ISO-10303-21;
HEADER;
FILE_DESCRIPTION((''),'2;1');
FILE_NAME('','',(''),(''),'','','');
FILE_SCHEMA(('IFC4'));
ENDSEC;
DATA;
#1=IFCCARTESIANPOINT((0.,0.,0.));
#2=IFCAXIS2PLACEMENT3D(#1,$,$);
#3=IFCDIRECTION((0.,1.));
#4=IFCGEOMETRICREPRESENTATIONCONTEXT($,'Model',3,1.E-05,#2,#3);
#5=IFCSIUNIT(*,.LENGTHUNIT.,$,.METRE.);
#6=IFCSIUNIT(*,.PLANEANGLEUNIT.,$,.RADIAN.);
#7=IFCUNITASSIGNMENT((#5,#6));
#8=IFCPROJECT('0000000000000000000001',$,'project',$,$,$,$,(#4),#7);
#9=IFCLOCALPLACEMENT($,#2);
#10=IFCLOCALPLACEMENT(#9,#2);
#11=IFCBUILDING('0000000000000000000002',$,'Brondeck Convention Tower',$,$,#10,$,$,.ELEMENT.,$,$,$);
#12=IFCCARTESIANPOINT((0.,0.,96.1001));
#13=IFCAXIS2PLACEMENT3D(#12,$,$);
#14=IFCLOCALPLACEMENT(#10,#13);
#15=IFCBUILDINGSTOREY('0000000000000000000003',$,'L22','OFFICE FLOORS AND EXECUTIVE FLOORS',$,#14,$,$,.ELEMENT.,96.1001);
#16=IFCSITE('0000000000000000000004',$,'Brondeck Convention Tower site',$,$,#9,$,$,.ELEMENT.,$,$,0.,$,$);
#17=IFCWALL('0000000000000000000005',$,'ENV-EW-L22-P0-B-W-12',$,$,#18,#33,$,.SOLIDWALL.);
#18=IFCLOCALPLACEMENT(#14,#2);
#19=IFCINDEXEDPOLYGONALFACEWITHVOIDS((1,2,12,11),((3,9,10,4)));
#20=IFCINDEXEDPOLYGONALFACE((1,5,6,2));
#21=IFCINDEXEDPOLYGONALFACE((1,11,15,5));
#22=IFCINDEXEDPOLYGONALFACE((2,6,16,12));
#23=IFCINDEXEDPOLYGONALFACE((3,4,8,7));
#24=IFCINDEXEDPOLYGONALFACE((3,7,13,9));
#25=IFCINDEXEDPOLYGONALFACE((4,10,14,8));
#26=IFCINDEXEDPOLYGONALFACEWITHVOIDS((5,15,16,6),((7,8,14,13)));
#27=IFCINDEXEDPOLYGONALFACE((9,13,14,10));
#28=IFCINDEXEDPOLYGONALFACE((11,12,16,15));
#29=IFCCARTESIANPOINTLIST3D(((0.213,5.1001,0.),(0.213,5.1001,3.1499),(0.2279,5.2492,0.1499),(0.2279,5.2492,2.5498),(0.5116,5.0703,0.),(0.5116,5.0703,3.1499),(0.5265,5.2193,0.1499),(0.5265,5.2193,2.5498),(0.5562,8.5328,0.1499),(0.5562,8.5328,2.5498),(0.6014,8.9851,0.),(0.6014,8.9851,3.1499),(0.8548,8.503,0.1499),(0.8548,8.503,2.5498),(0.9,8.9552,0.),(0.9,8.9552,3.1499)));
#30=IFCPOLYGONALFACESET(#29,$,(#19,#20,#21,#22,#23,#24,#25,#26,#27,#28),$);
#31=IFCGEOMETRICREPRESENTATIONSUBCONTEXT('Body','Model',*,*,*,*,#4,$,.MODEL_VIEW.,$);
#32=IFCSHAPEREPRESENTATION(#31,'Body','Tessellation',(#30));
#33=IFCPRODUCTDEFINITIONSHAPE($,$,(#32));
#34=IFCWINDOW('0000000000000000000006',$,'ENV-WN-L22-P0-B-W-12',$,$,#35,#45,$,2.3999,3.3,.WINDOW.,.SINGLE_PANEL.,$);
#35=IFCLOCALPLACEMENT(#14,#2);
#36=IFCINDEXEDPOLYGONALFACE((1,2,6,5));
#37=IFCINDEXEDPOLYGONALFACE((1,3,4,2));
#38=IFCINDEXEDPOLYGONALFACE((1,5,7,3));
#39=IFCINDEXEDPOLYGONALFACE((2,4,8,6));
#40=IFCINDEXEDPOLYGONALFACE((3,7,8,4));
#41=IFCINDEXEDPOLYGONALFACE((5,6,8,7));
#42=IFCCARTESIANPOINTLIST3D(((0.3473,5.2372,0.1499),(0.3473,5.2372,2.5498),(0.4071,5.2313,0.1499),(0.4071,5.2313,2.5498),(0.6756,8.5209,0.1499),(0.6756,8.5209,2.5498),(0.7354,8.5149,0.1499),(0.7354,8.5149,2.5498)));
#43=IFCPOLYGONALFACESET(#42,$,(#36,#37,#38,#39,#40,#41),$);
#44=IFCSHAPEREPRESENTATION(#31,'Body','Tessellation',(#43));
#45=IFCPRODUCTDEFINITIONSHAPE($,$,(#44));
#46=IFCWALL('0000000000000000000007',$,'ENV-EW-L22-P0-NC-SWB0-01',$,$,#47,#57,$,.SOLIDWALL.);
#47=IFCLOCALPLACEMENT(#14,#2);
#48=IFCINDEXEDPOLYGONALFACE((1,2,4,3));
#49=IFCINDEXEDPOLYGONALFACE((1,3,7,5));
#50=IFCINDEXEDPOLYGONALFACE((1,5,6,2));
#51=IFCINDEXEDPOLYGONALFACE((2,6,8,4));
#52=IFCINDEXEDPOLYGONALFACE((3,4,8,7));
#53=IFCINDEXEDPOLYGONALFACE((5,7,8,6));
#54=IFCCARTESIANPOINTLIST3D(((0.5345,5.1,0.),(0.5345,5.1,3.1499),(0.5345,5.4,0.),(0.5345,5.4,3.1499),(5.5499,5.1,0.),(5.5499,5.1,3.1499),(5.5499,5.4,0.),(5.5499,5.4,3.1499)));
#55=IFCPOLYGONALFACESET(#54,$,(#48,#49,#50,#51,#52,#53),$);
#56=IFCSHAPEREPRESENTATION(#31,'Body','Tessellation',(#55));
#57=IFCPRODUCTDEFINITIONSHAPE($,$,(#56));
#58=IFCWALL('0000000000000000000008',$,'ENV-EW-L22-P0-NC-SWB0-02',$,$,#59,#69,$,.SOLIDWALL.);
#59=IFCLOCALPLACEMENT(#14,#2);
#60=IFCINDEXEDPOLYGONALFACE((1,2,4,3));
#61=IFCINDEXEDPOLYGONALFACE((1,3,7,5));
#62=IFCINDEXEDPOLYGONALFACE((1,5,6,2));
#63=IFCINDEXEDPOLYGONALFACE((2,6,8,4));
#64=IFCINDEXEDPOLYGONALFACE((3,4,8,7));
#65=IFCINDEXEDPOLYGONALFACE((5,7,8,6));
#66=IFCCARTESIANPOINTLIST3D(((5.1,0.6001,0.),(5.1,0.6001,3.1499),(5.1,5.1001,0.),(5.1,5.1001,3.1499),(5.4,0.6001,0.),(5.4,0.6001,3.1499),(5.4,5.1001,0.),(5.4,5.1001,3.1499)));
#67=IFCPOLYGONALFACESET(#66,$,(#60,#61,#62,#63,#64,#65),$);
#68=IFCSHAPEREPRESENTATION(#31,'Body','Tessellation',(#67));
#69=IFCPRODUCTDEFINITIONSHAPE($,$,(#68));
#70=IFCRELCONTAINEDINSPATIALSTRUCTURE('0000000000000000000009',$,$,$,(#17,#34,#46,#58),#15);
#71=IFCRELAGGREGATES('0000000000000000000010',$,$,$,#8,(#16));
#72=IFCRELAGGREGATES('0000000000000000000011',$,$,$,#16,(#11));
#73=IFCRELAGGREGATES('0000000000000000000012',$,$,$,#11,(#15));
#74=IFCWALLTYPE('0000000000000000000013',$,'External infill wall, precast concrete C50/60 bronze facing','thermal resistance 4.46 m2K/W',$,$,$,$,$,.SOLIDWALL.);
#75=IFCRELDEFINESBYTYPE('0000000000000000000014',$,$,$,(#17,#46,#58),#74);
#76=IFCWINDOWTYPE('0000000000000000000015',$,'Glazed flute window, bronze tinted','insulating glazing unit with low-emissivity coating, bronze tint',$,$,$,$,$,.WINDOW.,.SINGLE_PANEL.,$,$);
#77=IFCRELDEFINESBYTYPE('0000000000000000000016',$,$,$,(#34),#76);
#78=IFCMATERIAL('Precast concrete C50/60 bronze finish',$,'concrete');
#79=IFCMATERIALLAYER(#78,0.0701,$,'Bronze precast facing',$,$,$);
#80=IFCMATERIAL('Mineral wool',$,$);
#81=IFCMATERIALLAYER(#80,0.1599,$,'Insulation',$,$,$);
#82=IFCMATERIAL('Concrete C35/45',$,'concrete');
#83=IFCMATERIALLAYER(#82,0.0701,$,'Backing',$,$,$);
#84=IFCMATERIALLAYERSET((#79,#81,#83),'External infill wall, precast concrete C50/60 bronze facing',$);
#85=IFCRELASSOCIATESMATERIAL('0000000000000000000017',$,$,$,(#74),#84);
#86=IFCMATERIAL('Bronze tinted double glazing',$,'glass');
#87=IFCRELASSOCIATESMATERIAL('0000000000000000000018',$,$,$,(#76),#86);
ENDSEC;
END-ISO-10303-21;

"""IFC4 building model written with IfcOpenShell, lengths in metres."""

from ifc_helpers import new_model, si_unit, direction, frame, frame_2d, origin, place, context, subcontext, project, spatial, rectangle, extrude, material, layer, layer_set, type_object, element, fill, save


model = new_model("IFC4")

# Units and contexts
model_context = context("Model", 3, precision=1e-05, world=origin(), true_north=direction((0.0, 1.0)))
body_context = subcontext(model_context, "Body", "Model", "MODEL_VIEW")
ifc_project = project(units=[si_unit("LENGTHUNIT", "METRE"), si_unit("PLANEANGLEUNIT", "RADIAN")], contexts=[model_context])

# Site, building, storey
site_placement = place(None, origin())
site = spatial("IfcSite", under=ifc_project, at=site_placement, Name="Brondeck Convention Tower site", CompositionType="ELEMENT", RefElevation=0.0)
building_placement = place(site_placement, origin())
building = spatial("IfcBuilding", under=site, at=building_placement, Name="Brondeck Convention Tower", CompositionType="ELEMENT")
storey_placement = place(building_placement, frame((0.0, 0.0, 96.1001)))
storey = spatial("IfcBuildingStorey", under=building, at=storey_placement, Name="L22", Description="OFFICE FLOORS AND EXECUTIVE FLOORS", CompositionType="ELEMENT", Elevation=96.1001)

# Shared definitions
ifc_material_1 = material(Name="Concrete C35/45", Category="concrete")

# Shared definitions
ifc_material_2 = material(Name="Precast concrete C50/60 bronze finish", Category="concrete")
ifc_layer_1 = layer(ifc_material_2, 0.0701, Name="Bronze precast facing")
ifc_material_3 = material(Name="Mineral wool")
ifc_layer_2 = layer(ifc_material_3, 0.1599, Name="Insulation")
ifc_layer_3 = layer(ifc_material_1, 0.0701, Name="Backing")
ifc_layer_set_1 = layer_set([ifc_layer_1, ifc_layer_2, ifc_layer_3], Name="External infill wall, precast concrete C50/60 bronze facing")
wall_type = type_object("IfcWallType", Name="External infill wall, precast concrete C50/60 bronze facing", Description="thermal resistance 4.46 m2K/W", PredefinedType="SOLIDWALL", material=ifc_layer_set_1)
ifc_material_4 = material(Name="Bronze tinted double glazing", Category="glass")
window_type_1 = type_object("IfcWindowType", Name="Glazed flute window, bronze tinted", Description="insulating glazing unit with low-emissivity coating, bronze tint", PartitioningType="SINGLE_PANEL", PredefinedType="WINDOW", material=ifc_material_4)

# Wall, opening, window
wall_1_placement = place(storey_placement, frame((0.3623, 5.0852, 0.0), z_axis=(0.0, 0.0, 1.0), x_axis=(0.099485, 0.995039, 0.0)))
wall_1 = element("IfcWall", 1, at=wall_1_placement, inside=storey, type_object=wall_type, Name="ENV-EW-L22-P0-B-W-12", PredefinedType="SOLIDWALL", context=body_context, shape_type="SweptSolid", body=[
    extrude(rectangle(XDim=3.9043, YDim=0.3, at=frame_2d((1.9521, 0.0))), origin(), (0.0, 0.0, 1.0), 3.1499),
])
opening_1_placement = place(wall_1_placement, frame((0.1499, 0.0, 0.1499)))
opening_1 = element("IfcOpeningElement", 2, at=opening_1_placement, cuts=wall_1, PredefinedType="OPENING", context=body_context, shape_type="SweptSolid", body=[
    extrude(rectangle(XDim=3.3, YDim=2.3999, at=frame_2d((1.6499, 1.2))), frame((0.0, 0.1599, 0.0), z_axis=(0.0, -1.0, 0.0), x_axis=(1.0, 0.0, 0.0)), (0.0, 0.0, 1.0), 0.3201),
])
window_1_placement = place(opening_1_placement, origin())
window_1 = element("IfcWindow", 3, at=window_1_placement, inside=storey, type_object=window_type_1, Name="ENV-WN-L22-P0-B-W-12", OverallHeight=2.3999, OverallWidth=3.3, PartitioningType="SINGLE_PANEL", PredefinedType="WINDOW", context=body_context, shape_type="SweptSolid", body=[
    extrude(rectangle(XDim=3.3, YDim=2.3999, at=frame_2d((1.6499, 1.2))), frame((0.0, 0.03, 0.0), z_axis=(0.0, -1.0, 0.0), x_axis=(1.0, 0.0, 0.0)), (0.0, 0.0, 1.0), 0.0601),
])
fill(opening_1, window_1)

# Walls
wall_2_placement = place(storey_placement, frame((5.55, 5.25, 0.0), z_axis=(0.0, 0.0, 1.0), x_axis=(-1.0, 0.0, 0.0)))
element("IfcWall", 4, at=wall_2_placement, inside=storey, type_object=wall_type, Name="ENV-EW-L22-P0-NC-SWB0-01", PredefinedType="SOLIDWALL", context=body_context, shape_type="SweptSolid", body=[
    extrude(rectangle(XDim=5.0154, YDim=0.3, at=frame_2d((2.5078, 0.0))), origin(), (0.0, 0.0, 1.0), 3.1499),
])
wall_3_placement = place(storey_placement, frame((5.25, 0.6001, 0.0), z_axis=(0.0, 0.0, 1.0), x_axis=(0.0, 1.0, 0.0)))
element("IfcWall", 5, at=wall_3_placement, inside=storey, type_object=wall_type, Name="ENV-EW-L22-P0-NC-SWB0-02", PredefinedType="SOLIDWALL", context=body_context, shape_type="SweptSolid", body=[
    extrude(rectangle(XDim=4.5, YDim=0.3, at=frame_2d((2.25, 0.0))), origin(), (0.0, 0.0, 1.0), 3.1499),
])

save(model, "model.ifc")
